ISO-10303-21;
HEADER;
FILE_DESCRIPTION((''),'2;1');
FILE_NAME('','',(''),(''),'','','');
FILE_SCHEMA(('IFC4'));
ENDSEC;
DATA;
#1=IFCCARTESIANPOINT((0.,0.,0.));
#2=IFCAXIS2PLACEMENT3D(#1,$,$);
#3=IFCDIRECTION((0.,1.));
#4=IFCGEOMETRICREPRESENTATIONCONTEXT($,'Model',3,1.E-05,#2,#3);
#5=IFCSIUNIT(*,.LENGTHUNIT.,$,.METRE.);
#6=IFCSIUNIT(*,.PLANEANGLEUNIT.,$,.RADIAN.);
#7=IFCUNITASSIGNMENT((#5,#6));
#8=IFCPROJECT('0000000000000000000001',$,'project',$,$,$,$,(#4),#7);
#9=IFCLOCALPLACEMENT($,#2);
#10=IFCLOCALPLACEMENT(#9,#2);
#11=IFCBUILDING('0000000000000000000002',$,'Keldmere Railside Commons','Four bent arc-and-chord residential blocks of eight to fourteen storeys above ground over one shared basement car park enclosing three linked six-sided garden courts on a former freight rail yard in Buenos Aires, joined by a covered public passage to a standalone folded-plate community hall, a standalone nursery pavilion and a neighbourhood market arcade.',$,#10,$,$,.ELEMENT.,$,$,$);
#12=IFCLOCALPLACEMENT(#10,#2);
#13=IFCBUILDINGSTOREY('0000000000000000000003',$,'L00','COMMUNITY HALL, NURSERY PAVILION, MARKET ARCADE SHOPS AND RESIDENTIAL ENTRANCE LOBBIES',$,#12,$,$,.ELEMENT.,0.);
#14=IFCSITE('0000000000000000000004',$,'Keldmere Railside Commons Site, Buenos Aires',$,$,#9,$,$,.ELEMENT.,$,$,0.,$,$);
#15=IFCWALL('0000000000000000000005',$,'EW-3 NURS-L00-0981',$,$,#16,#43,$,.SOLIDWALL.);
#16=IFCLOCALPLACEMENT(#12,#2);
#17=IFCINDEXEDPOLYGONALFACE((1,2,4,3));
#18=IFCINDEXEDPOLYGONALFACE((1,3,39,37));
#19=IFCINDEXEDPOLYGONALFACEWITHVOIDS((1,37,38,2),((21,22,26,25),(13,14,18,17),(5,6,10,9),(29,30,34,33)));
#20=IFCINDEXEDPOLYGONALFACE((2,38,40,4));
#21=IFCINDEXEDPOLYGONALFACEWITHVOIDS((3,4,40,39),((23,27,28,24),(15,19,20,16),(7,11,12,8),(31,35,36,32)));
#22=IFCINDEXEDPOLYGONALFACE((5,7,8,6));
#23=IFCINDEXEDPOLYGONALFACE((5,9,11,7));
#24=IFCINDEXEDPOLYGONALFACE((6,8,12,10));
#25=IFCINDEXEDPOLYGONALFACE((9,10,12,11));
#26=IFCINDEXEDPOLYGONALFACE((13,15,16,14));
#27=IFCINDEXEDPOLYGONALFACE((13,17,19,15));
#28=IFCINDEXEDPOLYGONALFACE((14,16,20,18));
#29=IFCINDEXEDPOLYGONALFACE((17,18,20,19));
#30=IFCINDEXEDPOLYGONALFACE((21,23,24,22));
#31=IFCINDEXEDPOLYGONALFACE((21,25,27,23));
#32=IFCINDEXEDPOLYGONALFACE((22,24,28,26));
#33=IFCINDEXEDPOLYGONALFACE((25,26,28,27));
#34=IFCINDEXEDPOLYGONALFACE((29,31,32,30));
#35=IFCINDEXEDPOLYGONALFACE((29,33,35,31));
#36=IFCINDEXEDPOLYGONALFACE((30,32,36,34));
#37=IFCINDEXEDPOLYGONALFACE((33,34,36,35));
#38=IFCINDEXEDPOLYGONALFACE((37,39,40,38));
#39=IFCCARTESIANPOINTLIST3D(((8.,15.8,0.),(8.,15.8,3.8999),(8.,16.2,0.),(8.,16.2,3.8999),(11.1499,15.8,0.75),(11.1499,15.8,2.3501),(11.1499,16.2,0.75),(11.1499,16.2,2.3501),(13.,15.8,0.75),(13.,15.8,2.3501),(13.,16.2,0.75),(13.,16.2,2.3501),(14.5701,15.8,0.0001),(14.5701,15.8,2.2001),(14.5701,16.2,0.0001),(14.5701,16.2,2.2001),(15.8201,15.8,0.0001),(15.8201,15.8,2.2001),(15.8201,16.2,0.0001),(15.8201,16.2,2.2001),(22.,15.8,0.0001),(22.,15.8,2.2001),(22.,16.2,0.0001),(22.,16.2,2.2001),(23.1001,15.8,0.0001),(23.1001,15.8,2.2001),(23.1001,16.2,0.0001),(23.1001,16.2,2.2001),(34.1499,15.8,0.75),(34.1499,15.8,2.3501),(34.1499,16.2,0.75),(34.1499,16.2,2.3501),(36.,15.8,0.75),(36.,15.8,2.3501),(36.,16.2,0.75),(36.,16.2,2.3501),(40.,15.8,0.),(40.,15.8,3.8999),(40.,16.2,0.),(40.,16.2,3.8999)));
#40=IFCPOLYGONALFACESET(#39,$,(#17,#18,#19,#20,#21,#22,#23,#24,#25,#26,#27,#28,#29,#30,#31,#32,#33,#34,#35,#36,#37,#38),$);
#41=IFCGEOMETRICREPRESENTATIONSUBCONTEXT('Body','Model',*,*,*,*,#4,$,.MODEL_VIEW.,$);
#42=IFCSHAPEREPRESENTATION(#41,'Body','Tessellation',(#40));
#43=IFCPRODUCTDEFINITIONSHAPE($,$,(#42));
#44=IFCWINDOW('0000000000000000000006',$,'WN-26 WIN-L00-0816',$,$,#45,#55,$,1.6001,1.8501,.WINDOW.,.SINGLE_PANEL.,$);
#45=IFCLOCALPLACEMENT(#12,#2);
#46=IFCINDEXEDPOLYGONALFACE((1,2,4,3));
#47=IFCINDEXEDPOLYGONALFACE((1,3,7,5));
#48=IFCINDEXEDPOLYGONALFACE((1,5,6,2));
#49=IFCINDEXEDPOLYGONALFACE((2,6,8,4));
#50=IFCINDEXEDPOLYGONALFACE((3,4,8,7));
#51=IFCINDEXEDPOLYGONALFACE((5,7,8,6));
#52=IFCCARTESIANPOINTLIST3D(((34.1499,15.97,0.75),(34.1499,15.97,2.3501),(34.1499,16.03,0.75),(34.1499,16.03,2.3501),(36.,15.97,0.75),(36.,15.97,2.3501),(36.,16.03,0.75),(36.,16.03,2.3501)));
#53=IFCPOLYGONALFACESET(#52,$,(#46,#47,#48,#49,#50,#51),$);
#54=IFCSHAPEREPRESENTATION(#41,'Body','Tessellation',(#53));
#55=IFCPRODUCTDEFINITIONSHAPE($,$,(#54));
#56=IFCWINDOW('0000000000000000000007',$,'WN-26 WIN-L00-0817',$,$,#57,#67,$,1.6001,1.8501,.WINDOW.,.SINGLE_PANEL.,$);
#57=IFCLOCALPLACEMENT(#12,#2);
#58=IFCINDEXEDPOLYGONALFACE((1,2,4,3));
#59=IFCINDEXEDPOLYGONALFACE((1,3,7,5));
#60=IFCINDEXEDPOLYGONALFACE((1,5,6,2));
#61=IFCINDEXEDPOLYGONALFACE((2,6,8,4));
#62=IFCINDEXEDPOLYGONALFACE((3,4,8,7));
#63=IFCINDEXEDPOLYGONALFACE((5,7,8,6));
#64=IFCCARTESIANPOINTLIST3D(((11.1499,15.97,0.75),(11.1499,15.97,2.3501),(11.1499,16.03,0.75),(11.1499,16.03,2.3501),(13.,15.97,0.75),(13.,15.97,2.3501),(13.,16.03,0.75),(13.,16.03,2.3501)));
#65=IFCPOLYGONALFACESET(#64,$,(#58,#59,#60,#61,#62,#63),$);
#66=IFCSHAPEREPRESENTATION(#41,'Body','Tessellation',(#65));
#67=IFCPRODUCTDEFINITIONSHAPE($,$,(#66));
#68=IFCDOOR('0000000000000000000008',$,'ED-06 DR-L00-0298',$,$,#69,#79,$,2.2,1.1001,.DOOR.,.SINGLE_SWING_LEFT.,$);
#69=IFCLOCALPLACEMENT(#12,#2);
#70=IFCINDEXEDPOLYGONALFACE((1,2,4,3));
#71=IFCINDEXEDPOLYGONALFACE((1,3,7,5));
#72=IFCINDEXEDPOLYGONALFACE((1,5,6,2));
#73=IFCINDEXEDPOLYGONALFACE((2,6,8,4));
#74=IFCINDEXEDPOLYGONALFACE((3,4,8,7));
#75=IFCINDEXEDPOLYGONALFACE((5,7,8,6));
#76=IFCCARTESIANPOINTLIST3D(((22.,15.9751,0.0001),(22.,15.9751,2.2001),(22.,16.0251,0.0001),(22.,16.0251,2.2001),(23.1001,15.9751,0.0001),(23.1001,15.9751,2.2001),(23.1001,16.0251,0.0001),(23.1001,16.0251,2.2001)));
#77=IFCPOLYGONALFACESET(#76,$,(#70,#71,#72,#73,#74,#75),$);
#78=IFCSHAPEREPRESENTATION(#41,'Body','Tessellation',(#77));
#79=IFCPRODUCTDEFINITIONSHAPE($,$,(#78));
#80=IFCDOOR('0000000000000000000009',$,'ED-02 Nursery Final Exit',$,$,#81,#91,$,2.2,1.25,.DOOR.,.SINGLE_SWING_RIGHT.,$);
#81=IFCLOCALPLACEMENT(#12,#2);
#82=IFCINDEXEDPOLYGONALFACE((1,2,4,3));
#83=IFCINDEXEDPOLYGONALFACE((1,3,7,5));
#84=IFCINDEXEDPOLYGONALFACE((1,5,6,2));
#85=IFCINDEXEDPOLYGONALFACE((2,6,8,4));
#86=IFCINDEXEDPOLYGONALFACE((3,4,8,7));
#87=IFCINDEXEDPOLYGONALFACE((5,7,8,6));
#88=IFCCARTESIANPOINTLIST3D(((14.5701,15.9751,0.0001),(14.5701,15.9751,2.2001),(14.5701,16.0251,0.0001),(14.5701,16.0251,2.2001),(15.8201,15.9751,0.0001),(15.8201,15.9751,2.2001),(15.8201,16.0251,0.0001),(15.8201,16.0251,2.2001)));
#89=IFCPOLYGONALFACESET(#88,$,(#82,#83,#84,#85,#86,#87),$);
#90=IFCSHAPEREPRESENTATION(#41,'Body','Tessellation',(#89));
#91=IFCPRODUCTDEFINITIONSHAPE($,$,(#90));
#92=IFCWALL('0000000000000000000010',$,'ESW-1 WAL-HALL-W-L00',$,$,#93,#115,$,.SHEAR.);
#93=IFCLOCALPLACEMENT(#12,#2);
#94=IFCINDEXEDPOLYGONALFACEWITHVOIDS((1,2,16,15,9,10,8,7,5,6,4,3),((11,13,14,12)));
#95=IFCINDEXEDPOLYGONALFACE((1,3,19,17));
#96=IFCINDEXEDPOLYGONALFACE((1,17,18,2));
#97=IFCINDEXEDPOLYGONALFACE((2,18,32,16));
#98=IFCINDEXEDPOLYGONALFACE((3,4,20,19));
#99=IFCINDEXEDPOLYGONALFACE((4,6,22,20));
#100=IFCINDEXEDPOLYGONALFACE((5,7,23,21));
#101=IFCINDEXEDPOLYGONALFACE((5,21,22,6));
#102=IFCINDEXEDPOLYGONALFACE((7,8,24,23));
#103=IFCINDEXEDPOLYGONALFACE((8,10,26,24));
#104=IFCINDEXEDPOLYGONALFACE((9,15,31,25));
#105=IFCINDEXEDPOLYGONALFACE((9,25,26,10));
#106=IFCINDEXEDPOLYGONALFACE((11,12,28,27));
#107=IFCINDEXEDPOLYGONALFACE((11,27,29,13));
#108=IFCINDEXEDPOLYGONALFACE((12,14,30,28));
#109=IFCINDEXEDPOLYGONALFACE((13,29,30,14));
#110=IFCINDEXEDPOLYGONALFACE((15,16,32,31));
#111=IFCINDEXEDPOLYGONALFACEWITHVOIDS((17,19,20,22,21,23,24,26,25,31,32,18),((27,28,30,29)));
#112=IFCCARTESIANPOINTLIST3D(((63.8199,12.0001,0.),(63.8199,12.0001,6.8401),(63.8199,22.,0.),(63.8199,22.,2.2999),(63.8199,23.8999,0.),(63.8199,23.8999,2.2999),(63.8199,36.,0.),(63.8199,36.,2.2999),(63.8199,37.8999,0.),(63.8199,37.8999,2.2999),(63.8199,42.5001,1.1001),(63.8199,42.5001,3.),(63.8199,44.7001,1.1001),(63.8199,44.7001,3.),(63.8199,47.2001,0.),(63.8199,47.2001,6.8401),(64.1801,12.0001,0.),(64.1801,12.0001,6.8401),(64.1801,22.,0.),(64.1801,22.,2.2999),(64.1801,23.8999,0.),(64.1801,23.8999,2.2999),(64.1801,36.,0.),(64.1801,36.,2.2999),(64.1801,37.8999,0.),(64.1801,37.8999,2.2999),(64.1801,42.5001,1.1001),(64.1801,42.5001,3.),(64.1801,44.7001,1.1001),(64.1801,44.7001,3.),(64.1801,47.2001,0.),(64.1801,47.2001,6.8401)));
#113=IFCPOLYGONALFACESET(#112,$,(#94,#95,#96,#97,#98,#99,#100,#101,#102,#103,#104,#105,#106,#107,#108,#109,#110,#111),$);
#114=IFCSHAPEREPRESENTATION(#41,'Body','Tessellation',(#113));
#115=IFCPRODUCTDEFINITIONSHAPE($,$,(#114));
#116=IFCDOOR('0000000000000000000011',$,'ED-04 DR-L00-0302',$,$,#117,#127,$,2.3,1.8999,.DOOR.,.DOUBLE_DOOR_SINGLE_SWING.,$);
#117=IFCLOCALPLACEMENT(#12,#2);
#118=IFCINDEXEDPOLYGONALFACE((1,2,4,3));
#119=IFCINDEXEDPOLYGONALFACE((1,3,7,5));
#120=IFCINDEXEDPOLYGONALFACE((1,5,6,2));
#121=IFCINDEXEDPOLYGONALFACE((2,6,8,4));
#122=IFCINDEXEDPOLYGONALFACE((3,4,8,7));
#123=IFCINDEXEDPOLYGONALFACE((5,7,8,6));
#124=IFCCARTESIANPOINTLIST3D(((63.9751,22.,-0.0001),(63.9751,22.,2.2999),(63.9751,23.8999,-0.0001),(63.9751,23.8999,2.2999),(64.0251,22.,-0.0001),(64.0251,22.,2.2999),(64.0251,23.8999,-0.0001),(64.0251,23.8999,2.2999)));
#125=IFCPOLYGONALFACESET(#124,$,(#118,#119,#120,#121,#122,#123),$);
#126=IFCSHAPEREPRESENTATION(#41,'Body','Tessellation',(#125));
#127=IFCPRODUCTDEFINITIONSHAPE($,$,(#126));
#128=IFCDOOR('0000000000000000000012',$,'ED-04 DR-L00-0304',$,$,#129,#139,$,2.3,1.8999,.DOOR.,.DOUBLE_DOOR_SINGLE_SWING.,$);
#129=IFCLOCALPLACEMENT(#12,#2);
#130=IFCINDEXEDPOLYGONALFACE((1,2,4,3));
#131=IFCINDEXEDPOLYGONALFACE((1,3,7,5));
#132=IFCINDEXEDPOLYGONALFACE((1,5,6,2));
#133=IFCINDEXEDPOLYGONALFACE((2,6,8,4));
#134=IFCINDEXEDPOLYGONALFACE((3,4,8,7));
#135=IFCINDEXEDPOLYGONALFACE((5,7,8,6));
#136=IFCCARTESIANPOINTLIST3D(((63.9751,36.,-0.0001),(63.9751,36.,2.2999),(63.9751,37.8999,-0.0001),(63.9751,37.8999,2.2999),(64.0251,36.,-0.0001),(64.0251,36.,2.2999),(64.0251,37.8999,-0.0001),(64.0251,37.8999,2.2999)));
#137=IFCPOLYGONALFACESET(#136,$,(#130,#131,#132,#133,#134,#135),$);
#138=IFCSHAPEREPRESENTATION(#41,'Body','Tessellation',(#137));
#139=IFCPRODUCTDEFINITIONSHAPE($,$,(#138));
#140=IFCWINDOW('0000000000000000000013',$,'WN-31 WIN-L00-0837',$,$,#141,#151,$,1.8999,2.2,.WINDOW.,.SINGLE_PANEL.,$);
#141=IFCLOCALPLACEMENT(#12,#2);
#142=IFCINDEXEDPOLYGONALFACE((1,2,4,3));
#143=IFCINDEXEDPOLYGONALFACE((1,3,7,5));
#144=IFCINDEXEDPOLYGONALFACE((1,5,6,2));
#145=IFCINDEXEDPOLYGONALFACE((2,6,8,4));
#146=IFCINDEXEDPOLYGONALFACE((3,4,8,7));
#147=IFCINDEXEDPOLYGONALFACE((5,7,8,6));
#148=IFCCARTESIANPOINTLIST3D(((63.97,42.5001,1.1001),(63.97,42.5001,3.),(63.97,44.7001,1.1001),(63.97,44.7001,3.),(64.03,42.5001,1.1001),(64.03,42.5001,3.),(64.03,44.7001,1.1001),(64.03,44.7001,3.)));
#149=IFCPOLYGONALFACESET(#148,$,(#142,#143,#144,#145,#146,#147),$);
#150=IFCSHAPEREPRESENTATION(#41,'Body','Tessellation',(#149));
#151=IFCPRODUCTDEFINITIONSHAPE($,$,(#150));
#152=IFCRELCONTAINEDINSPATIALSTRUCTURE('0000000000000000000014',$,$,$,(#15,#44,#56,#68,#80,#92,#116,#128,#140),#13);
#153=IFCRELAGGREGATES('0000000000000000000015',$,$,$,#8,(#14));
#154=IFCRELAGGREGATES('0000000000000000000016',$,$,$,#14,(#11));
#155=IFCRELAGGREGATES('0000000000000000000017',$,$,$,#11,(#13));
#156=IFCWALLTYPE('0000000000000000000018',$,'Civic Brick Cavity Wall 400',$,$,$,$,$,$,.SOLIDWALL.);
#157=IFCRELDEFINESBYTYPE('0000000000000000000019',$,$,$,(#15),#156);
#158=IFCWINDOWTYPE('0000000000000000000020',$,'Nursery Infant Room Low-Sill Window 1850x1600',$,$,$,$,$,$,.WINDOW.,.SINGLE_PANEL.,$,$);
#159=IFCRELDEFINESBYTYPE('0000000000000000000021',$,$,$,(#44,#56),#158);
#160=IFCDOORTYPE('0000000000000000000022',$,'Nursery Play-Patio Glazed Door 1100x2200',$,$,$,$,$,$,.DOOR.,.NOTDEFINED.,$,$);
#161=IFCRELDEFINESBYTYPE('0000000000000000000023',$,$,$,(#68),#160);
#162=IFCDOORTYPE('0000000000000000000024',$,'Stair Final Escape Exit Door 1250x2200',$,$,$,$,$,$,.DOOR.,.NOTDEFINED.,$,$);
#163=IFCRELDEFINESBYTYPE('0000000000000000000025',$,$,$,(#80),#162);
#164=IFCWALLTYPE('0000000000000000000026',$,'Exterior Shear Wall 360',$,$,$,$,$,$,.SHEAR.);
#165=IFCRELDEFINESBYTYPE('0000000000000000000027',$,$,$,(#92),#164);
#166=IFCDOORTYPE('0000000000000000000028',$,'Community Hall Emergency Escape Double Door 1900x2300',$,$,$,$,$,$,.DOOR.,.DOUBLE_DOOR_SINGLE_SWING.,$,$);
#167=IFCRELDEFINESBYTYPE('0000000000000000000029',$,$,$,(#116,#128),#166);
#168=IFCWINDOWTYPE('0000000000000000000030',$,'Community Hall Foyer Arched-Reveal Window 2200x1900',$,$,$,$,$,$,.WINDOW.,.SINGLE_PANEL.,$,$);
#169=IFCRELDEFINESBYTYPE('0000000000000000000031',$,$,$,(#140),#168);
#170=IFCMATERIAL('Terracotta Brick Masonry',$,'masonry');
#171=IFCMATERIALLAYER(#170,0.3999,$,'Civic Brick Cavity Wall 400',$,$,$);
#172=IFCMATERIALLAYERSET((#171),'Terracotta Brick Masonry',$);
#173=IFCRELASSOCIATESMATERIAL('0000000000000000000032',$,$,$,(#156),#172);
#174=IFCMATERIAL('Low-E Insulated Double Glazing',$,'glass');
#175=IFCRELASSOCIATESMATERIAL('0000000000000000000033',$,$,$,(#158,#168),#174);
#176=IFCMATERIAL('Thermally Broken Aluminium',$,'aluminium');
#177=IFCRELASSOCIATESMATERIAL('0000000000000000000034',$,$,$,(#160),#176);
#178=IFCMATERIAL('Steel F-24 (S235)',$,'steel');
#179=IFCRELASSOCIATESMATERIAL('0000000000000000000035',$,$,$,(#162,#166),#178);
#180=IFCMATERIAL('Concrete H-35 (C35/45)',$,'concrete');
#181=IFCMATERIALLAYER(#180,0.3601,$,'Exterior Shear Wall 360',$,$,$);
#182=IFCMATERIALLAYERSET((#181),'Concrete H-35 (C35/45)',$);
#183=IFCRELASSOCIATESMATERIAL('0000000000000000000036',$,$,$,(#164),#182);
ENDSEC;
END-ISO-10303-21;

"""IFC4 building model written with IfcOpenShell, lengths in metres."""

from ifc_helpers import new_model, si_unit, direction, frame, frame_2d, origin, place, context, subcontext, project, spatial, rectangle, extrude, material, layer, layer_set, type_object, element, fill, save


model = new_model("IFC4")

# Units and contexts
model_context = context("Model", 3, precision=1e-05, world=origin(), true_north=direction((0.0, 1.0)))
body_context = subcontext(model_context, "Body", "Model", "MODEL_VIEW")
ifc_project = project(units=[si_unit("LENGTHUNIT", "METRE"), si_unit("PLANEANGLEUNIT", "RADIAN")], contexts=[model_context])

# Site, building, storey
site_placement = place(None, origin())
site = spatial("IfcSite", under=ifc_project, at=site_placement, Name="Keldmere Railside Commons Site, Buenos Aires", CompositionType="ELEMENT", RefElevation=0.0)
building_placement = place(site_placement, origin())
building = spatial("IfcBuilding", under=site, at=building_placement, Name="Keldmere Railside Commons", Description="Four bent arc-and-chord residential blocks of eight to fourteen storeys above ground over one shared basement car park enclosing three linked six-sided garden courts on a former freight rail yard in Buenos Aires, joined by a covered public passage to a standalone folded-plate community hall, a standalone nursery pavilion and a neighbourhood market arcade.", CompositionType="ELEMENT")
storey_placement = place(building_placement, origin())
storey = spatial("IfcBuildingStorey", under=building, at=storey_placement, Name="L00", Description="COMMUNITY HALL, NURSERY PAVILION, MARKET ARCADE SHOPS AND RESIDENTIAL ENTRANCE LOBBIES", CompositionType="ELEMENT", Elevation=0.0)

# Shared definitions
ifc_material_1 = material(Name="Concrete H-35 (C35/45)", Category="concrete")

# Wall, openings, windows, doors
ifc_material_2 = material(Name="Terracotta Brick Masonry", Category="masonry")
ifc_layer_1 = layer(ifc_material_2, 0.3999, Name="Civic Brick Cavity Wall 400")
ifc_layer_set_1 = layer_set([ifc_layer_1], Name="Terracotta Brick Masonry")
wall_type_1 = type_object("IfcWallType", Name="Civic Brick Cavity Wall 400", PredefinedType="SOLIDWALL", material=ifc_layer_set_1)
wall_1_placement = place(storey_placement, frame((40.0, 16.0, 0.0), z_axis=(0.0, 0.0, 1.0), x_axis=(-1.0, 0.0, 0.0)))
wall_1 = element("IfcWall", 1, at=wall_1_placement, inside=storey, type_object=wall_type_1, Name="EW-3 NURS-L00-0981", PredefinedType="SOLIDWALL", context=body_context, shape_type="SweptSolid", body=[
    extrude(rectangle(XDim=32.0, YDim=0.3999, at=frame_2d((16.0, 0.0))), origin(), (0.0, 0.0, 1.0), 3.8999),
])
opening_1_placement = place(wall_1_placement, frame((16.8999, 0.0, 0.0)))
opening_1 = element("IfcOpeningElement", 2, at=opening_1_placement, cuts=wall_1, PredefinedType="OPENING", context=body_context, shape_type="SweptSolid", body=[
    extrude(rectangle(XDim=1.1001, YDim=2.2, at=frame_2d((0.55, 1.1001))), frame((0.0, 0.21, 0.0), z_axis=(0.0, -1.0, 0.0), x_axis=(1.0, 0.0, 0.0)), (0.0, 0.0, 1.0), 0.4199),
])
opening_2_placement = place(wall_1_placement, frame((24.1799, 0.0, 0.0)))
opening_2 = element("IfcOpeningElement", 3, at=opening_2_placement, cuts=wall_1, PredefinedType="OPENING", context=body_context, shape_type="SweptSolid", body=[
    extrude(rectangle(XDim=1.25, YDim=2.2, at=frame_2d((0.625, 1.1001))), frame((0.0, 0.21, 0.0), z_axis=(0.0, -1.0, 0.0), x_axis=(1.0, 0.0, 0.0)), (0.0, 0.0, 1.0), 0.4199),
])
opening_3_placement = place(wall_1_placement, frame((4.0, 0.0, 0.75)))
opening_3 = element("IfcOpeningElement", 4, at=opening_3_placement, cuts=wall_1, PredefinedType="OPENING", context=body_context, shape_type="SweptSolid", body=[
    extrude(rectangle(XDim=1.8501, YDim=1.6001, at=frame_2d((0.925, 0.8))), frame((0.0, 0.21, 0.0), z_axis=(0.0, -1.0, 0.0), x_axis=(1.0, 0.0, 0.0)), (0.0, 0.0, 1.0), 0.4199),
])
opening_4_placement = place(wall_1_placement, frame((27.0, 0.0, 0.75)))
opening_4 = element("IfcOpeningElement", 5, at=opening_4_placement, cuts=wall_1, PredefinedType="OPENING", context=body_context, shape_type="SweptSolid", body=[
    extrude(rectangle(XDim=1.8501, YDim=1.6001, at=frame_2d((0.925, 0.8))), frame((0.0, 0.21, 0.0), z_axis=(0.0, -1.0, 0.0), x_axis=(1.0, 0.0, 0.0)), (0.0, 0.0, 1.0), 0.4199),
])
ifc_material_3 = material(Name="Low-E Insulated Double Glazing", Category="glass")
window_type_1 = type_object("IfcWindowType", Name="Nursery Infant Room Low-Sill Window 1850x1600", PartitioningType="SINGLE_PANEL", PredefinedType="WINDOW", material=ifc_material_3)
window_1_placement = place(opening_3_placement, origin())
window_1 = element("IfcWindow", 6, at=window_1_placement, inside=storey, type_object=window_type_1, Name="WN-26 WIN-L00-0816", OverallHeight=1.6001, OverallWidth=1.8501, PartitioningType="SINGLE_PANEL", PredefinedType="WINDOW", context=body_context, shape_type="SweptSolid", body=[
    extrude(rectangle(XDim=1.8501, YDim=1.6001, at=frame_2d((0.925, 0.8))), frame((0.0, 0.03, 0.0), z_axis=(0.0, -1.0, 0.0), x_axis=(1.0, 0.0, 0.0)), (0.0, 0.0, 1.0), 0.0601),
])
fill(opening_3, window_1)
window_2_placement = place(opening_4_placement, origin())
window_2 = element("IfcWindow", 7, at=window_2_placement, inside=storey, type_object=window_type_1, Name="WN-26 WIN-L00-0817", OverallHeight=1.6001, OverallWidth=1.8501, PartitioningType="SINGLE_PANEL", PredefinedType="WINDOW", context=body_context, shape_type="SweptSolid", body=[
    extrude(rectangle(XDim=1.8501, YDim=1.6001, at=frame_2d((0.925, 0.8))), frame((0.0, 0.03, 0.0), z_axis=(0.0, -1.0, 0.0), x_axis=(1.0, 0.0, 0.0)), (0.0, 0.0, 1.0), 0.0601),
])
fill(opening_4, window_2)
ifc_material_4 = material(Name="Thermally Broken Aluminium", Category="aluminium")
door_type_1 = type_object("IfcDoorType", Name="Nursery Play-Patio Glazed Door 1100x2200", OperationType="NOTDEFINED", PredefinedType="DOOR", material=ifc_material_4)
door_1_placement = place(opening_1_placement, origin())
door_1 = element("IfcDoor", 8, at=door_1_placement, inside=storey, type_object=door_type_1, Name="ED-06 DR-L00-0298", OperationType="SINGLE_SWING_LEFT", OverallHeight=2.2, OverallWidth=1.1001, PredefinedType="DOOR", context=body_context, shape_type="SweptSolid", body=[
    extrude(rectangle(XDim=1.1001, YDim=2.2, at=frame_2d((0.55, 1.1001))), frame((0.0, 0.0249, 0.0), z_axis=(0.0, -1.0, 0.0), x_axis=(1.0, 0.0, 0.0)), (0.0, 0.0, 1.0), 0.05),
])
fill(opening_1, door_1)
ifc_material_5 = material(Name="Steel F-24 (S235)", Category="steel")
door_type_2 = type_object("IfcDoorType", Name="Stair Final Escape Exit Door 1250x2200", OperationType="NOTDEFINED", PredefinedType="DOOR", material=ifc_material_5)
door_2_placement = place(opening_2_placement, origin())
door_2 = element("IfcDoor", 9, at=door_2_placement, inside=storey, type_object=door_type_2, Name="ED-02 Nursery Final Exit", OperationType="SINGLE_SWING_RIGHT", OverallHeight=2.2, OverallWidth=1.25, PredefinedType="DOOR", context=body_context, shape_type="SweptSolid", body=[
    extrude(rectangle(XDim=1.25, YDim=2.2, at=frame_2d((0.625, 1.1001))), frame((0.0, 0.0249, 0.0), z_axis=(0.0, -1.0, 0.0), x_axis=(1.0, 0.0, 0.0)), (0.0, 0.0, 1.0), 0.05),
])
fill(opening_2, door_2)

# Wall, openings, doors, window
ifc_layer_2 = layer(ifc_material_1, 0.3601, Name="Exterior Shear Wall 360")
ifc_layer_set_2 = layer_set([ifc_layer_2], Name="Concrete H-35 (C35/45)")
wall_type_2 = type_object("IfcWallType", Name="Exterior Shear Wall 360", PredefinedType="SHEAR", material=ifc_layer_set_2)
wall_2_placement = place(storey_placement, frame((64.0, 12.0, 0.0), z_axis=(0.0, 0.0, 1.0), x_axis=(0.0, 1.0, 0.0)))
wall_2 = element("IfcWall", 10, at=wall_2_placement, inside=storey, type_object=wall_type_2, Name="ESW-1 WAL-HALL-W-L00", PredefinedType="SHEAR", context=body_context, shape_type="SweptSolid", body=[
    extrude(rectangle(XDim=35.2, YDim=0.3601, at=frame_2d((17.6001, 0.0))), origin(), (0.0, 0.0, 1.0), 6.8401),
])
opening_5_placement = place(wall_2_placement, frame((10.0, 0.0, 0.0)))
opening_5 = element("IfcOpeningElement", 11, at=opening_5_placement, cuts=wall_2, PredefinedType="OPENING", context=body_context, shape_type="SweptSolid", body=[
    extrude(rectangle(XDim=1.8999, YDim=2.3, at=frame_2d((0.95, 1.1499))), frame((0.0, 0.1899, 0.0), z_axis=(0.0, -1.0, 0.0), x_axis=(1.0, 0.0, 0.0)), (0.0, 0.0, 1.0), 0.3801),
])
opening_6_placement = place(wall_2_placement, frame((24.0, 0.0, 0.0)))
opening_6 = element("IfcOpeningElement", 12, at=opening_6_placement, cuts=wall_2, PredefinedType="OPENING", context=body_context, shape_type="SweptSolid", body=[
    extrude(rectangle(XDim=1.8999, YDim=2.3, at=frame_2d((0.95, 1.1499))), frame((0.0, 0.1899, 0.0), z_axis=(0.0, -1.0, 0.0), x_axis=(1.0, 0.0, 0.0)), (0.0, 0.0, 1.0), 0.3801),
])
opening_7_placement = place(wall_2_placement, frame((30.5, 0.0, 1.1001)))
opening_7 = element("IfcOpeningElement", 13, at=opening_7_placement, cuts=wall_2, PredefinedType="OPENING", context=body_context, shape_type="SweptSolid", body=[
    extrude(rectangle(XDim=2.2, YDim=1.8999, at=frame_2d((1.1001, 0.95))), frame((0.0, 0.1899, 0.0), z_axis=(0.0, -1.0, 0.0), x_axis=(1.0, 0.0, 0.0)), (0.0, 0.0, 1.0), 0.3801),
])
door_type_3 = type_object("IfcDoorType", Name="Community Hall Emergency Escape Double Door 1900x2300", OperationType="DOUBLE_DOOR_SINGLE_SWING", PredefinedType="DOOR", material=ifc_material_5)
door_3_placement = place(opening_5_placement, origin())
door_3 = element("IfcDoor", 14, at=door_3_placement, inside=storey, type_object=door_type_3, Name="ED-04 DR-L00-0302", OperationType="DOUBLE_DOOR_SINGLE_SWING", OverallHeight=2.3, OverallWidth=1.8999, PredefinedType="DOOR", context=body_context, shape_type="SweptSolid", body=[
    extrude(rectangle(XDim=1.8999, YDim=2.3, at=frame_2d((0.95, 1.1499))), frame((0.0, 0.0249, 0.0), z_axis=(0.0, -1.0, 0.0), x_axis=(1.0, 0.0, 0.0)), (0.0, 0.0, 1.0), 0.05),
])
fill(opening_5, door_3)
door_4_placement = place(opening_6_placement, origin())
door_4 = element("IfcDoor", 15, at=door_4_placement, inside=storey, type_object=door_type_3, Name="ED-04 DR-L00-0304", OperationType="DOUBLE_DOOR_SINGLE_SWING", OverallHeight=2.3, OverallWidth=1.8999, PredefinedType="DOOR", context=body_context, shape_type="SweptSolid", body=[
    extrude(rectangle(XDim=1.8999, YDim=2.3, at=frame_2d((0.95, 1.1499))), frame((0.0, 0.0249, 0.0), z_axis=(0.0, -1.0, 0.0), x_axis=(1.0, 0.0, 0.0)), (0.0, 0.0, 1.0), 0.05),
])
fill(opening_6, door_4)
window_type_2 = type_object("IfcWindowType", Name="Community Hall Foyer Arched-Reveal Window 2200x1900", PartitioningType="SINGLE_PANEL", PredefinedType="WINDOW", material=ifc_material_3)
window_3_placement = place(opening_7_placement, origin())
window_3 = element("IfcWindow", 16, at=window_3_placement, inside=storey, type_object=window_type_2, Name="WN-31 WIN-L00-0837", OverallHeight=1.8999, OverallWidth=2.2, PartitioningType="SINGLE_PANEL", PredefinedType="WINDOW", context=body_context, shape_type="SweptSolid", body=[
    extrude(rectangle(XDim=2.2, YDim=1.8999, at=frame_2d((1.1001, 0.95))), frame((0.0, 0.03, 0.0), z_axis=(0.0, -1.0, 0.0), x_axis=(1.0, 0.0, 0.0)), (0.0, 0.0, 1.0), 0.0601),
])
fill(opening_7, window_3)

save(model, "model.ifc")
